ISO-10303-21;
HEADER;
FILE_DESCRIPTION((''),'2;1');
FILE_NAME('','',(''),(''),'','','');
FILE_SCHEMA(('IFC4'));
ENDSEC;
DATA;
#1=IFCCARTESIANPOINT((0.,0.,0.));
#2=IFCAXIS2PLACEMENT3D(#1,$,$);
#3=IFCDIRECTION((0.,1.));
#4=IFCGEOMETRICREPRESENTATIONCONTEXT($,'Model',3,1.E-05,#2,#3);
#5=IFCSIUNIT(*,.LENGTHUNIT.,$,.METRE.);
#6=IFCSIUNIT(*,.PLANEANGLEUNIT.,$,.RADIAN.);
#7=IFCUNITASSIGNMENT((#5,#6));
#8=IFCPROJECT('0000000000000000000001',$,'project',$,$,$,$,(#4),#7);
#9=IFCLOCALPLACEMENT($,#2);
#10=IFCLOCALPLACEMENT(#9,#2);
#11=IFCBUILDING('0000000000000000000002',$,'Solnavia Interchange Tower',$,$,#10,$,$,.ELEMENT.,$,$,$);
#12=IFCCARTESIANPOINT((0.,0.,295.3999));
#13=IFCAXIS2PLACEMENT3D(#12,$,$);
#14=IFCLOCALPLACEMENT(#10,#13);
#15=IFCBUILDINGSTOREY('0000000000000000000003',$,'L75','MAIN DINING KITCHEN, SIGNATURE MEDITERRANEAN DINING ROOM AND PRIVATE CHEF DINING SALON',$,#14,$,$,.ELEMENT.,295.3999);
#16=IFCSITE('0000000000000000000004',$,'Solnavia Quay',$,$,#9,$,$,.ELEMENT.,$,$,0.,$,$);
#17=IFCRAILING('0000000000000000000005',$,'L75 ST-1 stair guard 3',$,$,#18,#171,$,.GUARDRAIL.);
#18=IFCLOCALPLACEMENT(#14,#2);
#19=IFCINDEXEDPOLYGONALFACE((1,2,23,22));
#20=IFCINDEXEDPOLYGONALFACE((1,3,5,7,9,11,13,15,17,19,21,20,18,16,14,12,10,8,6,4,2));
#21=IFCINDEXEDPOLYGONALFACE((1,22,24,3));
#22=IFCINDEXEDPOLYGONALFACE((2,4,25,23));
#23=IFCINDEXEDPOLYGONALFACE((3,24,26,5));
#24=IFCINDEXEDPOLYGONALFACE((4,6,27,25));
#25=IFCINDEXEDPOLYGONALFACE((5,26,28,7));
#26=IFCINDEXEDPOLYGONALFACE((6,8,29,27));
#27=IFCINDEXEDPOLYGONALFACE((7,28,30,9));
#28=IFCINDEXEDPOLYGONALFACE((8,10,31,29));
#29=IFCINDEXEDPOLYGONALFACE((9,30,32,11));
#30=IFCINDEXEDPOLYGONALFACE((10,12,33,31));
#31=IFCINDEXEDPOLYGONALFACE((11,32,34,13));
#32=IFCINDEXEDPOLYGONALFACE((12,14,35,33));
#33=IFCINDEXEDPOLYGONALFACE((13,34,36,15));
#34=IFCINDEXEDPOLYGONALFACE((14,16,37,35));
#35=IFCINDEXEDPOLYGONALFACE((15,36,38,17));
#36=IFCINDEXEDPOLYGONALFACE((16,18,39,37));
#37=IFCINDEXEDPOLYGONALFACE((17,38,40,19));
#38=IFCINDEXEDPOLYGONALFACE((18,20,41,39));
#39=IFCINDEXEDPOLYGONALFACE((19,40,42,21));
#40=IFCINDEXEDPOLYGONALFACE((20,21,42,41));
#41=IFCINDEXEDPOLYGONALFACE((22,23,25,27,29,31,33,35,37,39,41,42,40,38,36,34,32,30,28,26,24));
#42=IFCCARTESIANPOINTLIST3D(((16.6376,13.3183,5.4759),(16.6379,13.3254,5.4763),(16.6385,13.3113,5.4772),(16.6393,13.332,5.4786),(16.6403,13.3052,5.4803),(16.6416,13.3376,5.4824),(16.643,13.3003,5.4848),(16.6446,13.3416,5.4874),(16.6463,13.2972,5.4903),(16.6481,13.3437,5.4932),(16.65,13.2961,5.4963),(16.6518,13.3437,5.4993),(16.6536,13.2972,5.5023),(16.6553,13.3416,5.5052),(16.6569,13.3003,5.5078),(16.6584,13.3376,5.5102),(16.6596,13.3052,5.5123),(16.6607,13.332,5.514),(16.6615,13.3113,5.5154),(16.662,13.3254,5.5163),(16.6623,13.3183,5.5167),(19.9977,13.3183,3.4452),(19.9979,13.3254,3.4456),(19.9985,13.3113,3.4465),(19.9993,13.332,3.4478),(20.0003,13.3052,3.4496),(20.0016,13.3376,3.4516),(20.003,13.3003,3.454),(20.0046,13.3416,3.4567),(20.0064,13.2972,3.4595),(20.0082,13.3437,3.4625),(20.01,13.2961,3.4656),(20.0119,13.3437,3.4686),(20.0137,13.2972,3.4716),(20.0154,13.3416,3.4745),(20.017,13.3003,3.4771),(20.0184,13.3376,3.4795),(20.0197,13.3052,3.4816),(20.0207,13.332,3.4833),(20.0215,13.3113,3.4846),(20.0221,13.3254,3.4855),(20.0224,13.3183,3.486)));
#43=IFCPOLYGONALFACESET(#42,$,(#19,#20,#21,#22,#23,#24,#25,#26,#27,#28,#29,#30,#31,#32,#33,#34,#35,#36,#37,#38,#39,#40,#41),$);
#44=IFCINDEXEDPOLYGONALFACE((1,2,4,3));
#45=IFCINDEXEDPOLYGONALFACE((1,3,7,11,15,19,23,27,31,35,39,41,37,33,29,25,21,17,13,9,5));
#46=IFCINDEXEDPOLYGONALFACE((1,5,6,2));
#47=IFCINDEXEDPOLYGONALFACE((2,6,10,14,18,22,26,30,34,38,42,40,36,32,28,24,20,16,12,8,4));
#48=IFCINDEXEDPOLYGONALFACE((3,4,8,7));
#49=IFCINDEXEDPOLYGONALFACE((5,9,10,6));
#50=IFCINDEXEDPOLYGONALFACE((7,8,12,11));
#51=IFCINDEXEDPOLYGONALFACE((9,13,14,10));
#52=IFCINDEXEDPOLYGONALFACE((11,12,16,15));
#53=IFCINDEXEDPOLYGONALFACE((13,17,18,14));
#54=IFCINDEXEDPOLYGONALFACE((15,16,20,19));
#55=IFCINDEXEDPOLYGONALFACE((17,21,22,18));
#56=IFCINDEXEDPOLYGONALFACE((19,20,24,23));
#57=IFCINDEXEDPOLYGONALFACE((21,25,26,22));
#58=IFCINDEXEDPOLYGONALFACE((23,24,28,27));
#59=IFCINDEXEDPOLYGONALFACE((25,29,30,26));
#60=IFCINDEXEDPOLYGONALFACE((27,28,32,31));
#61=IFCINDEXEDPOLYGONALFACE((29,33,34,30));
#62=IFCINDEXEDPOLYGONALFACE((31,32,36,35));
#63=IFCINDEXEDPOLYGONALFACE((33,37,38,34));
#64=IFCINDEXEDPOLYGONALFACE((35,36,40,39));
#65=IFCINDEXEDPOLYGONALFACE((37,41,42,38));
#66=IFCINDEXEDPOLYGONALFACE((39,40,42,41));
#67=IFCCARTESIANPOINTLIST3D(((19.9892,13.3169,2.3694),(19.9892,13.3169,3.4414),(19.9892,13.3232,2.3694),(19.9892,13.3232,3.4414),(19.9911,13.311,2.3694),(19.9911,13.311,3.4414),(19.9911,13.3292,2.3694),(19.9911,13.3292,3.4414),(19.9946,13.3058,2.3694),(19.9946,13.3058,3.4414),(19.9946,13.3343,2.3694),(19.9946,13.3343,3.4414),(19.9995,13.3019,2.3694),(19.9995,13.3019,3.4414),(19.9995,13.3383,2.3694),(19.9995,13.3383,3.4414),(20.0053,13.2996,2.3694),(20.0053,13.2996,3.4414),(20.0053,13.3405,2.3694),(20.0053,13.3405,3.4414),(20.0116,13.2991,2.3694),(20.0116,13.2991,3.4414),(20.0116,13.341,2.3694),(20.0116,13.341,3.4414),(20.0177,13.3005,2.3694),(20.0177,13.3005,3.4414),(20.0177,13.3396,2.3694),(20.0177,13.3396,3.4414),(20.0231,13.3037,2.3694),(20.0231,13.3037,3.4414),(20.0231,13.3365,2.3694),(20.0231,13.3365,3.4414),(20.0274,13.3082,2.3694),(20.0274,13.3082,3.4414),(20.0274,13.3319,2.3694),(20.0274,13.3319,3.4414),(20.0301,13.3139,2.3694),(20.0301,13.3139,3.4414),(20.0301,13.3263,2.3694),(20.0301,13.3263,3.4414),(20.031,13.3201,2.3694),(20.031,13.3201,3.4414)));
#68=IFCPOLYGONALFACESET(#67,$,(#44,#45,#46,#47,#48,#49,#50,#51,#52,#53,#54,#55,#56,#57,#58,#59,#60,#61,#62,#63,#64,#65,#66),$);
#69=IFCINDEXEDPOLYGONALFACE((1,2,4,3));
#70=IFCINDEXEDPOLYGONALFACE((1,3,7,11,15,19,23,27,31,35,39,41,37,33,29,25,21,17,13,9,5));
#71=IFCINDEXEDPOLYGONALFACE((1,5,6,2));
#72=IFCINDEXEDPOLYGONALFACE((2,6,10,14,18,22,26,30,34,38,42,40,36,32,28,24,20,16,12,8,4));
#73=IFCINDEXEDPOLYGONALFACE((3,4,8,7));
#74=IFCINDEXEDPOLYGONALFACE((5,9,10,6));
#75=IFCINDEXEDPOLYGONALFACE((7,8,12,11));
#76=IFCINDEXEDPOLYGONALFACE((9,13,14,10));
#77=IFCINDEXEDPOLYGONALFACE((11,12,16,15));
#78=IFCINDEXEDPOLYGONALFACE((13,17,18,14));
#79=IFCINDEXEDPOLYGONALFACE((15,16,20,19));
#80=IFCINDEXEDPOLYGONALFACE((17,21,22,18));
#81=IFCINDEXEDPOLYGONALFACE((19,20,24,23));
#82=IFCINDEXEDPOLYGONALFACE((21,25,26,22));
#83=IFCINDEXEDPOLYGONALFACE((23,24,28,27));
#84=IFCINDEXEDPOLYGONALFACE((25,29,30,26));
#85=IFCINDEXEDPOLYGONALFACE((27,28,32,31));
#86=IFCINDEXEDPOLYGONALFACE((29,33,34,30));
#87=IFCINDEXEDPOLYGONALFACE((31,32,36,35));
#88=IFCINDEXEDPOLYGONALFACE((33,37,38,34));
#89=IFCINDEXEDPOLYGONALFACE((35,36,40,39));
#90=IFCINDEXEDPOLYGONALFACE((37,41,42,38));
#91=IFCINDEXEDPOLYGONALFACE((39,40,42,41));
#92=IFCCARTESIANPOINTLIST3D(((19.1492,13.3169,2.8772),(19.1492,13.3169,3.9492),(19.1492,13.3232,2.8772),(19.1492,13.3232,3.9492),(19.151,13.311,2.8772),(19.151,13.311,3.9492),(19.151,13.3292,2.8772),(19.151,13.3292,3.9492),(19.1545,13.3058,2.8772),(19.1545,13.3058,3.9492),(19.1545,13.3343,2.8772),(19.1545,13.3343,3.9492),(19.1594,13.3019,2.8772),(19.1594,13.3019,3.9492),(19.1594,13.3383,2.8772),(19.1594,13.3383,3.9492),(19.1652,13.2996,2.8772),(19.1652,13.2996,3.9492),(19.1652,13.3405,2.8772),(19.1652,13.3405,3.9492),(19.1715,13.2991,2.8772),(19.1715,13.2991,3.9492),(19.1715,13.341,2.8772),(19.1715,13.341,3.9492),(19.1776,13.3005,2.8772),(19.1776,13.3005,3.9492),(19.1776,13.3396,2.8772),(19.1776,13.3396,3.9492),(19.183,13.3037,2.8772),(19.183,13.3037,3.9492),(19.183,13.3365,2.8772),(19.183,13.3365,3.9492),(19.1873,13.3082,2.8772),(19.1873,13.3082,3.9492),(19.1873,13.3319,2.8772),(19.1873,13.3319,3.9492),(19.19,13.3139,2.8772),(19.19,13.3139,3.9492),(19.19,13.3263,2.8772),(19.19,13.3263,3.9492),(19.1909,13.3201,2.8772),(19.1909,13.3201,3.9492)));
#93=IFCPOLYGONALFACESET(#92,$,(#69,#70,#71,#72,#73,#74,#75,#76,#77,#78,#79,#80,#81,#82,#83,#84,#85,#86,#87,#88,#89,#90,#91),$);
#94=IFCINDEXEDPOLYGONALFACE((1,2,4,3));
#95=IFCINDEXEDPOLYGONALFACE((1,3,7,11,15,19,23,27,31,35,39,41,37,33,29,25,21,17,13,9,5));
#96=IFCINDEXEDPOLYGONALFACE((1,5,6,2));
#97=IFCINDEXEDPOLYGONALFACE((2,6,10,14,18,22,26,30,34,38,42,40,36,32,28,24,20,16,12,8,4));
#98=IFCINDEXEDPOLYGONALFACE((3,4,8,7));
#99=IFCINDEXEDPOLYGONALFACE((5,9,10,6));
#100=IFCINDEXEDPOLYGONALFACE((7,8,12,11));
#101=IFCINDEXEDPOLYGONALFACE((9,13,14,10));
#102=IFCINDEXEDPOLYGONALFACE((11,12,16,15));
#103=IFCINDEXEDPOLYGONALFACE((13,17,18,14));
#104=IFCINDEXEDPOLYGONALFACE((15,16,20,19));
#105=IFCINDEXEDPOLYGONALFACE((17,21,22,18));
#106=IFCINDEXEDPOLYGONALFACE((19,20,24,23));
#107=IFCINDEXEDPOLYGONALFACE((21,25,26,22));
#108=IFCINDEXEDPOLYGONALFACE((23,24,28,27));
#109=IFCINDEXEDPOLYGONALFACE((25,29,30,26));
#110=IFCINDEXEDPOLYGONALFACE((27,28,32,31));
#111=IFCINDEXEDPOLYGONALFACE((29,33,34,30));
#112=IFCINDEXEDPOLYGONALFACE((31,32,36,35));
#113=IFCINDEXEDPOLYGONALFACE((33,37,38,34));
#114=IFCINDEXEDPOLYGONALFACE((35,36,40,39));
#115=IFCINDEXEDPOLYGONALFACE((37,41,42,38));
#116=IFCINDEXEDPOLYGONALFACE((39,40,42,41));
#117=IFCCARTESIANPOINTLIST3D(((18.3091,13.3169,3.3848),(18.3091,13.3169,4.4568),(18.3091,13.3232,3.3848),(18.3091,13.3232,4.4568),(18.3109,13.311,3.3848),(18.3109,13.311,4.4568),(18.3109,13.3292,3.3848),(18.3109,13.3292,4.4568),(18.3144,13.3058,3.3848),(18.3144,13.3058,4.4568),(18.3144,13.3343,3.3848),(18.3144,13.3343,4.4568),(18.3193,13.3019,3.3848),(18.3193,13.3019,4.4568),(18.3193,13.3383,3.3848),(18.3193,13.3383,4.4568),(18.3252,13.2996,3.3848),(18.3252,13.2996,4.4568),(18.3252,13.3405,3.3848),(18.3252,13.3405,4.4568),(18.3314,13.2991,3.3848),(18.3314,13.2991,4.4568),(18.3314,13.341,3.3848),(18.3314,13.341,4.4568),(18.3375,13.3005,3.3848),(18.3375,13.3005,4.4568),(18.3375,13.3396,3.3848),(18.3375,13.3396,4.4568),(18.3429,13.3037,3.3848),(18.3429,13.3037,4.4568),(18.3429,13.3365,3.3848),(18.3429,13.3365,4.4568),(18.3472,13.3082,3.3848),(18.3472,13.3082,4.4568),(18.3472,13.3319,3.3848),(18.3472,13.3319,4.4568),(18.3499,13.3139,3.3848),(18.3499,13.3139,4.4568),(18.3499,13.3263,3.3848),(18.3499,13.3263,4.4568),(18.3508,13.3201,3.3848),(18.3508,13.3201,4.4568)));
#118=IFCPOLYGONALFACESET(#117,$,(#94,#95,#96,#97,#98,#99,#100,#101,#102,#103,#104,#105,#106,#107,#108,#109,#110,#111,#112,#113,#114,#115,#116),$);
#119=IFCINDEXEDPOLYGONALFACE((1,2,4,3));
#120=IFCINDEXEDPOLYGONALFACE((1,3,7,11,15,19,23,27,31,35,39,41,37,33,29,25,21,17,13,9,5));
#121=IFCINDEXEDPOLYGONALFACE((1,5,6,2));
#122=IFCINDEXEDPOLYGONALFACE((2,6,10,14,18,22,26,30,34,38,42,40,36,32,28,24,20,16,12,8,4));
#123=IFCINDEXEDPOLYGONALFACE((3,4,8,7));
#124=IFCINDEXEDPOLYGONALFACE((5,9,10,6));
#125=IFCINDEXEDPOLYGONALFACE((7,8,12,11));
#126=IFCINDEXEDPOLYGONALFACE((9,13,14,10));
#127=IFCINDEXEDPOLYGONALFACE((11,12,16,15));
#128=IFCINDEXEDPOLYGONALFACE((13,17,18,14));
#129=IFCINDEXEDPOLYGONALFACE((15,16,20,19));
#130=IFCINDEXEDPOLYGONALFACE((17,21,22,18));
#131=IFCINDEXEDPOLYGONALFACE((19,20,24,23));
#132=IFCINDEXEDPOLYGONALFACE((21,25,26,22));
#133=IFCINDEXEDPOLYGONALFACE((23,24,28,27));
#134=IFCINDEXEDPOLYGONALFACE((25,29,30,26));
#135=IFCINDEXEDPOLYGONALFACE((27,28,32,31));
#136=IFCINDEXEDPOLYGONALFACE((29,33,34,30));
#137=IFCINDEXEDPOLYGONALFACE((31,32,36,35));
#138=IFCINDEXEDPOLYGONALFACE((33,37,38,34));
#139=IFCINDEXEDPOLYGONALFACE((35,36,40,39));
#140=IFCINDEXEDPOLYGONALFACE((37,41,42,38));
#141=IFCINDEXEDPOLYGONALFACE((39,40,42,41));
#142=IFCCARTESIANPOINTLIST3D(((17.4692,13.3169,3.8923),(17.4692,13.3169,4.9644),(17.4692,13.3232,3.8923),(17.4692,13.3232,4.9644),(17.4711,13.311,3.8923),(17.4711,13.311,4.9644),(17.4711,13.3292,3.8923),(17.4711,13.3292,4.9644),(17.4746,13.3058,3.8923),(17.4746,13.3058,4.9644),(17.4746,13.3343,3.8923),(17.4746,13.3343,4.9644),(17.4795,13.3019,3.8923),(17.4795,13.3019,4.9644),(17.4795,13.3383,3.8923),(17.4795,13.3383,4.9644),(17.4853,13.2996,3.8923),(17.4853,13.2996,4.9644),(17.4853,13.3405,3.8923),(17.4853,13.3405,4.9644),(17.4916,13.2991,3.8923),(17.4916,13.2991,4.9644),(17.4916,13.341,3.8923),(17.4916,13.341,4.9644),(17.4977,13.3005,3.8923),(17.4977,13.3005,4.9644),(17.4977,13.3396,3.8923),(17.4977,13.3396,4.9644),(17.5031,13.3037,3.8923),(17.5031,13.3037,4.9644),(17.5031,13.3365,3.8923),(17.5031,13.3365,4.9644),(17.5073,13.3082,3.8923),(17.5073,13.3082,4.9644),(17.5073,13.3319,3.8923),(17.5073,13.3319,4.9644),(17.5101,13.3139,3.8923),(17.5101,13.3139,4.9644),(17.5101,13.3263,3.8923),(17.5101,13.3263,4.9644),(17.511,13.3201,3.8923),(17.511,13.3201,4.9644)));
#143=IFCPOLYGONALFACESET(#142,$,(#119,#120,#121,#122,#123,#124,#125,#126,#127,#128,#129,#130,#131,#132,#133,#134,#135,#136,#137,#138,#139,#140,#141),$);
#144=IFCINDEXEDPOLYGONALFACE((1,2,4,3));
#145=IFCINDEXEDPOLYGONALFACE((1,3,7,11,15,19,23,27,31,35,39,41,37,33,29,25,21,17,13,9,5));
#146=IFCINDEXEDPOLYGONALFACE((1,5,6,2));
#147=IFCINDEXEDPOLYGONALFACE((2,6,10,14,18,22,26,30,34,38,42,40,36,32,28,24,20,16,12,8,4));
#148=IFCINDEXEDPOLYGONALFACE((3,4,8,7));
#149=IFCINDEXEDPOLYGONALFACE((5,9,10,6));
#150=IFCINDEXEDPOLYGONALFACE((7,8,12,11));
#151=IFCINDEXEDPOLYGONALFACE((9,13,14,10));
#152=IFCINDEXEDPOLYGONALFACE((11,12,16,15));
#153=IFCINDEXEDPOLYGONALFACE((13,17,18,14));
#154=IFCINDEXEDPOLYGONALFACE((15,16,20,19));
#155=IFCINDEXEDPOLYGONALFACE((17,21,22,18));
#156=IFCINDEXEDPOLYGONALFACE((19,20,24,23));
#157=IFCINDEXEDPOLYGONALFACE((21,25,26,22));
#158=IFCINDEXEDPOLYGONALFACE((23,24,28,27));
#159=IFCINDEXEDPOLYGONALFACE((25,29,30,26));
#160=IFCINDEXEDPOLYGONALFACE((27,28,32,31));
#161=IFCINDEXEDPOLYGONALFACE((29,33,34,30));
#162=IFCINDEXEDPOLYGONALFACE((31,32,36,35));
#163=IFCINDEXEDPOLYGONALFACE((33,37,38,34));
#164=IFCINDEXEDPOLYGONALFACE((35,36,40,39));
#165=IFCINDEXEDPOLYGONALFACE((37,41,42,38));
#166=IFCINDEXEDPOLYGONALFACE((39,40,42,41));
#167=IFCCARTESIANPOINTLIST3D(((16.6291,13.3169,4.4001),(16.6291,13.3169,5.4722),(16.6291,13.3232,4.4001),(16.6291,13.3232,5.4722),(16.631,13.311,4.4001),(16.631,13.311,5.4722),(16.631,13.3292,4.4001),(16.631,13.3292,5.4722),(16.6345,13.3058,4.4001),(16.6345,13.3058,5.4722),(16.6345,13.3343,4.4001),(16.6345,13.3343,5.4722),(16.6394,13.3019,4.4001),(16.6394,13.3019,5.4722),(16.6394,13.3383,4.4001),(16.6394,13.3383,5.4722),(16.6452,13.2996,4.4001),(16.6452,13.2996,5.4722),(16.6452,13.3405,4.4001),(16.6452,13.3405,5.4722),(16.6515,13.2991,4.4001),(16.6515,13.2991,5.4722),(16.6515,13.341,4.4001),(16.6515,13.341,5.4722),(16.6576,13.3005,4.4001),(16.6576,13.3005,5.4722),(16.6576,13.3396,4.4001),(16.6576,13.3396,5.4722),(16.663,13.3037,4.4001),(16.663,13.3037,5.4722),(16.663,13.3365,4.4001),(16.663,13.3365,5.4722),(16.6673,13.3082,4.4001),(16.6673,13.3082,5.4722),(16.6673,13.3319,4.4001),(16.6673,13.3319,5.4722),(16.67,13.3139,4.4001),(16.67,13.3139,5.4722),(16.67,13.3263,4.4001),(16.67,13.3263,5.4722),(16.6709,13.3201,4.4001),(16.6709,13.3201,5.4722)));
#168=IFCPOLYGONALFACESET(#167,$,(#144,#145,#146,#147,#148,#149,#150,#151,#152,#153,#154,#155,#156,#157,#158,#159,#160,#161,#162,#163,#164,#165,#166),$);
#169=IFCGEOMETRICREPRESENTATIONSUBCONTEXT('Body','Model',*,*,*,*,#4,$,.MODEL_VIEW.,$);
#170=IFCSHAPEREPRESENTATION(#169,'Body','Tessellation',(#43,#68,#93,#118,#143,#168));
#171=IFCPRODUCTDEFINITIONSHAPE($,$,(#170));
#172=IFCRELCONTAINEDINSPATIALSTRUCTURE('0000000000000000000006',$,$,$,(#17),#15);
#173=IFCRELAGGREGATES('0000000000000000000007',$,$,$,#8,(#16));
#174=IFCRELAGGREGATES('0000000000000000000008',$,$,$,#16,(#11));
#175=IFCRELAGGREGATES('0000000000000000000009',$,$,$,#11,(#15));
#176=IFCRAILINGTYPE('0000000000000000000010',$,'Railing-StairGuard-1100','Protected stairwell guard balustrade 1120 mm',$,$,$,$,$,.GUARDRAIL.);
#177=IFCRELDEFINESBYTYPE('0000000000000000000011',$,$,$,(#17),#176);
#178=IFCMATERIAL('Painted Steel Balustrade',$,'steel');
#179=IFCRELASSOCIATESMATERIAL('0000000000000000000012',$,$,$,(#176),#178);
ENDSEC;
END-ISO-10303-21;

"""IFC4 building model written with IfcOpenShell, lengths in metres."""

from ifc_helpers import new_model, si_unit, direction, frame, origin, origin_2d, place, context, subcontext, project, spatial, circle, extrude, material, type_object, element, save


model = new_model("IFC4")

# Units and contexts
model_context = context("Model", 3, precision=1e-05, world=origin(), true_north=direction((0.0, 1.0)))
body_context = subcontext(model_context, "Body", "Model", "MODEL_VIEW")
ifc_project = project(units=[si_unit("LENGTHUNIT", "METRE"), si_unit("PLANEANGLEUNIT", "RADIAN")], contexts=[model_context])

# Site, building, storey
site_placement = place(None, origin())
site = spatial("IfcSite", under=ifc_project, at=site_placement, Name="Solnavia Quay", CompositionType="ELEMENT", RefElevation=0.0)
building_placement = place(site_placement, origin())
building = spatial("IfcBuilding", under=site, at=building_placement, Name="Solnavia Interchange Tower", CompositionType="ELEMENT")
storey_placement = place(building_placement, frame((0.0, 0.0, 295.3999)))
storey = spatial("IfcBuildingStorey", under=building, at=storey_placement, Name="L75", Description="MAIN DINING KITCHEN, SIGNATURE MEDITERRANEAN DINING ROOM AND PRIVATE CHEF DINING SALON", CompositionType="ELEMENT", Elevation=295.3999)

# Railing
ifc_material_1 = material(Name="Painted Steel Balustrade", Category="steel")
railing_type_1 = type_object("IfcRailingType", Name="Railing-StairGuard-1100", Description="Protected stairwell guard balustrade 1120 mm", PredefinedType="GUARDRAIL", material=ifc_material_1)
for number, where, name in (
    (1, (20.01, 13.3201, 2.3694), "L75 ST-1 stair guard 3"),
):
    element("IfcRailing", number, at=place(storey_placement, frame(where)), inside=storey, type_object=railing_type_1, Name=name, PredefinedType="GUARDRAIL", context=body_context, shape_type="SweptSolid", body=[
        extrude(circle(Radius=0.0239, at=origin_2d()), frame((0.0, 0.0, 1.0962), z_axis=(-0.855837, 0.0, 0.517246), x_axis=(0.0, -1.0, 0.0)), (0.0, 0.0, 1.0), 3.926),
        extrude(circle(Radius=0.021, at=origin_2d()), origin(), (0.0, 0.0, 1.0), 1.072),
        extrude(circle(Radius=0.021, at=origin_2d()), frame((-0.8401, 0.0, 0.5078)), (0.0, 0.0, 1.0), 1.072),
        extrude(circle(Radius=0.021, at=origin_2d()), frame((-1.6802, 0.0, 1.0154)), (0.0, 0.0, 1.0), 1.072),
        extrude(circle(Radius=0.021, at=origin_2d()), frame((-2.52, 0.0, 1.5229)), (0.0, 0.0, 1.0), 1.072),
        extrude(circle(Radius=0.021, at=origin_2d()), frame((-3.3601, 0.0, 2.0308)), (0.0, 0.0, 1.0), 1.072),
    ])

save(model, "model.ifc")
